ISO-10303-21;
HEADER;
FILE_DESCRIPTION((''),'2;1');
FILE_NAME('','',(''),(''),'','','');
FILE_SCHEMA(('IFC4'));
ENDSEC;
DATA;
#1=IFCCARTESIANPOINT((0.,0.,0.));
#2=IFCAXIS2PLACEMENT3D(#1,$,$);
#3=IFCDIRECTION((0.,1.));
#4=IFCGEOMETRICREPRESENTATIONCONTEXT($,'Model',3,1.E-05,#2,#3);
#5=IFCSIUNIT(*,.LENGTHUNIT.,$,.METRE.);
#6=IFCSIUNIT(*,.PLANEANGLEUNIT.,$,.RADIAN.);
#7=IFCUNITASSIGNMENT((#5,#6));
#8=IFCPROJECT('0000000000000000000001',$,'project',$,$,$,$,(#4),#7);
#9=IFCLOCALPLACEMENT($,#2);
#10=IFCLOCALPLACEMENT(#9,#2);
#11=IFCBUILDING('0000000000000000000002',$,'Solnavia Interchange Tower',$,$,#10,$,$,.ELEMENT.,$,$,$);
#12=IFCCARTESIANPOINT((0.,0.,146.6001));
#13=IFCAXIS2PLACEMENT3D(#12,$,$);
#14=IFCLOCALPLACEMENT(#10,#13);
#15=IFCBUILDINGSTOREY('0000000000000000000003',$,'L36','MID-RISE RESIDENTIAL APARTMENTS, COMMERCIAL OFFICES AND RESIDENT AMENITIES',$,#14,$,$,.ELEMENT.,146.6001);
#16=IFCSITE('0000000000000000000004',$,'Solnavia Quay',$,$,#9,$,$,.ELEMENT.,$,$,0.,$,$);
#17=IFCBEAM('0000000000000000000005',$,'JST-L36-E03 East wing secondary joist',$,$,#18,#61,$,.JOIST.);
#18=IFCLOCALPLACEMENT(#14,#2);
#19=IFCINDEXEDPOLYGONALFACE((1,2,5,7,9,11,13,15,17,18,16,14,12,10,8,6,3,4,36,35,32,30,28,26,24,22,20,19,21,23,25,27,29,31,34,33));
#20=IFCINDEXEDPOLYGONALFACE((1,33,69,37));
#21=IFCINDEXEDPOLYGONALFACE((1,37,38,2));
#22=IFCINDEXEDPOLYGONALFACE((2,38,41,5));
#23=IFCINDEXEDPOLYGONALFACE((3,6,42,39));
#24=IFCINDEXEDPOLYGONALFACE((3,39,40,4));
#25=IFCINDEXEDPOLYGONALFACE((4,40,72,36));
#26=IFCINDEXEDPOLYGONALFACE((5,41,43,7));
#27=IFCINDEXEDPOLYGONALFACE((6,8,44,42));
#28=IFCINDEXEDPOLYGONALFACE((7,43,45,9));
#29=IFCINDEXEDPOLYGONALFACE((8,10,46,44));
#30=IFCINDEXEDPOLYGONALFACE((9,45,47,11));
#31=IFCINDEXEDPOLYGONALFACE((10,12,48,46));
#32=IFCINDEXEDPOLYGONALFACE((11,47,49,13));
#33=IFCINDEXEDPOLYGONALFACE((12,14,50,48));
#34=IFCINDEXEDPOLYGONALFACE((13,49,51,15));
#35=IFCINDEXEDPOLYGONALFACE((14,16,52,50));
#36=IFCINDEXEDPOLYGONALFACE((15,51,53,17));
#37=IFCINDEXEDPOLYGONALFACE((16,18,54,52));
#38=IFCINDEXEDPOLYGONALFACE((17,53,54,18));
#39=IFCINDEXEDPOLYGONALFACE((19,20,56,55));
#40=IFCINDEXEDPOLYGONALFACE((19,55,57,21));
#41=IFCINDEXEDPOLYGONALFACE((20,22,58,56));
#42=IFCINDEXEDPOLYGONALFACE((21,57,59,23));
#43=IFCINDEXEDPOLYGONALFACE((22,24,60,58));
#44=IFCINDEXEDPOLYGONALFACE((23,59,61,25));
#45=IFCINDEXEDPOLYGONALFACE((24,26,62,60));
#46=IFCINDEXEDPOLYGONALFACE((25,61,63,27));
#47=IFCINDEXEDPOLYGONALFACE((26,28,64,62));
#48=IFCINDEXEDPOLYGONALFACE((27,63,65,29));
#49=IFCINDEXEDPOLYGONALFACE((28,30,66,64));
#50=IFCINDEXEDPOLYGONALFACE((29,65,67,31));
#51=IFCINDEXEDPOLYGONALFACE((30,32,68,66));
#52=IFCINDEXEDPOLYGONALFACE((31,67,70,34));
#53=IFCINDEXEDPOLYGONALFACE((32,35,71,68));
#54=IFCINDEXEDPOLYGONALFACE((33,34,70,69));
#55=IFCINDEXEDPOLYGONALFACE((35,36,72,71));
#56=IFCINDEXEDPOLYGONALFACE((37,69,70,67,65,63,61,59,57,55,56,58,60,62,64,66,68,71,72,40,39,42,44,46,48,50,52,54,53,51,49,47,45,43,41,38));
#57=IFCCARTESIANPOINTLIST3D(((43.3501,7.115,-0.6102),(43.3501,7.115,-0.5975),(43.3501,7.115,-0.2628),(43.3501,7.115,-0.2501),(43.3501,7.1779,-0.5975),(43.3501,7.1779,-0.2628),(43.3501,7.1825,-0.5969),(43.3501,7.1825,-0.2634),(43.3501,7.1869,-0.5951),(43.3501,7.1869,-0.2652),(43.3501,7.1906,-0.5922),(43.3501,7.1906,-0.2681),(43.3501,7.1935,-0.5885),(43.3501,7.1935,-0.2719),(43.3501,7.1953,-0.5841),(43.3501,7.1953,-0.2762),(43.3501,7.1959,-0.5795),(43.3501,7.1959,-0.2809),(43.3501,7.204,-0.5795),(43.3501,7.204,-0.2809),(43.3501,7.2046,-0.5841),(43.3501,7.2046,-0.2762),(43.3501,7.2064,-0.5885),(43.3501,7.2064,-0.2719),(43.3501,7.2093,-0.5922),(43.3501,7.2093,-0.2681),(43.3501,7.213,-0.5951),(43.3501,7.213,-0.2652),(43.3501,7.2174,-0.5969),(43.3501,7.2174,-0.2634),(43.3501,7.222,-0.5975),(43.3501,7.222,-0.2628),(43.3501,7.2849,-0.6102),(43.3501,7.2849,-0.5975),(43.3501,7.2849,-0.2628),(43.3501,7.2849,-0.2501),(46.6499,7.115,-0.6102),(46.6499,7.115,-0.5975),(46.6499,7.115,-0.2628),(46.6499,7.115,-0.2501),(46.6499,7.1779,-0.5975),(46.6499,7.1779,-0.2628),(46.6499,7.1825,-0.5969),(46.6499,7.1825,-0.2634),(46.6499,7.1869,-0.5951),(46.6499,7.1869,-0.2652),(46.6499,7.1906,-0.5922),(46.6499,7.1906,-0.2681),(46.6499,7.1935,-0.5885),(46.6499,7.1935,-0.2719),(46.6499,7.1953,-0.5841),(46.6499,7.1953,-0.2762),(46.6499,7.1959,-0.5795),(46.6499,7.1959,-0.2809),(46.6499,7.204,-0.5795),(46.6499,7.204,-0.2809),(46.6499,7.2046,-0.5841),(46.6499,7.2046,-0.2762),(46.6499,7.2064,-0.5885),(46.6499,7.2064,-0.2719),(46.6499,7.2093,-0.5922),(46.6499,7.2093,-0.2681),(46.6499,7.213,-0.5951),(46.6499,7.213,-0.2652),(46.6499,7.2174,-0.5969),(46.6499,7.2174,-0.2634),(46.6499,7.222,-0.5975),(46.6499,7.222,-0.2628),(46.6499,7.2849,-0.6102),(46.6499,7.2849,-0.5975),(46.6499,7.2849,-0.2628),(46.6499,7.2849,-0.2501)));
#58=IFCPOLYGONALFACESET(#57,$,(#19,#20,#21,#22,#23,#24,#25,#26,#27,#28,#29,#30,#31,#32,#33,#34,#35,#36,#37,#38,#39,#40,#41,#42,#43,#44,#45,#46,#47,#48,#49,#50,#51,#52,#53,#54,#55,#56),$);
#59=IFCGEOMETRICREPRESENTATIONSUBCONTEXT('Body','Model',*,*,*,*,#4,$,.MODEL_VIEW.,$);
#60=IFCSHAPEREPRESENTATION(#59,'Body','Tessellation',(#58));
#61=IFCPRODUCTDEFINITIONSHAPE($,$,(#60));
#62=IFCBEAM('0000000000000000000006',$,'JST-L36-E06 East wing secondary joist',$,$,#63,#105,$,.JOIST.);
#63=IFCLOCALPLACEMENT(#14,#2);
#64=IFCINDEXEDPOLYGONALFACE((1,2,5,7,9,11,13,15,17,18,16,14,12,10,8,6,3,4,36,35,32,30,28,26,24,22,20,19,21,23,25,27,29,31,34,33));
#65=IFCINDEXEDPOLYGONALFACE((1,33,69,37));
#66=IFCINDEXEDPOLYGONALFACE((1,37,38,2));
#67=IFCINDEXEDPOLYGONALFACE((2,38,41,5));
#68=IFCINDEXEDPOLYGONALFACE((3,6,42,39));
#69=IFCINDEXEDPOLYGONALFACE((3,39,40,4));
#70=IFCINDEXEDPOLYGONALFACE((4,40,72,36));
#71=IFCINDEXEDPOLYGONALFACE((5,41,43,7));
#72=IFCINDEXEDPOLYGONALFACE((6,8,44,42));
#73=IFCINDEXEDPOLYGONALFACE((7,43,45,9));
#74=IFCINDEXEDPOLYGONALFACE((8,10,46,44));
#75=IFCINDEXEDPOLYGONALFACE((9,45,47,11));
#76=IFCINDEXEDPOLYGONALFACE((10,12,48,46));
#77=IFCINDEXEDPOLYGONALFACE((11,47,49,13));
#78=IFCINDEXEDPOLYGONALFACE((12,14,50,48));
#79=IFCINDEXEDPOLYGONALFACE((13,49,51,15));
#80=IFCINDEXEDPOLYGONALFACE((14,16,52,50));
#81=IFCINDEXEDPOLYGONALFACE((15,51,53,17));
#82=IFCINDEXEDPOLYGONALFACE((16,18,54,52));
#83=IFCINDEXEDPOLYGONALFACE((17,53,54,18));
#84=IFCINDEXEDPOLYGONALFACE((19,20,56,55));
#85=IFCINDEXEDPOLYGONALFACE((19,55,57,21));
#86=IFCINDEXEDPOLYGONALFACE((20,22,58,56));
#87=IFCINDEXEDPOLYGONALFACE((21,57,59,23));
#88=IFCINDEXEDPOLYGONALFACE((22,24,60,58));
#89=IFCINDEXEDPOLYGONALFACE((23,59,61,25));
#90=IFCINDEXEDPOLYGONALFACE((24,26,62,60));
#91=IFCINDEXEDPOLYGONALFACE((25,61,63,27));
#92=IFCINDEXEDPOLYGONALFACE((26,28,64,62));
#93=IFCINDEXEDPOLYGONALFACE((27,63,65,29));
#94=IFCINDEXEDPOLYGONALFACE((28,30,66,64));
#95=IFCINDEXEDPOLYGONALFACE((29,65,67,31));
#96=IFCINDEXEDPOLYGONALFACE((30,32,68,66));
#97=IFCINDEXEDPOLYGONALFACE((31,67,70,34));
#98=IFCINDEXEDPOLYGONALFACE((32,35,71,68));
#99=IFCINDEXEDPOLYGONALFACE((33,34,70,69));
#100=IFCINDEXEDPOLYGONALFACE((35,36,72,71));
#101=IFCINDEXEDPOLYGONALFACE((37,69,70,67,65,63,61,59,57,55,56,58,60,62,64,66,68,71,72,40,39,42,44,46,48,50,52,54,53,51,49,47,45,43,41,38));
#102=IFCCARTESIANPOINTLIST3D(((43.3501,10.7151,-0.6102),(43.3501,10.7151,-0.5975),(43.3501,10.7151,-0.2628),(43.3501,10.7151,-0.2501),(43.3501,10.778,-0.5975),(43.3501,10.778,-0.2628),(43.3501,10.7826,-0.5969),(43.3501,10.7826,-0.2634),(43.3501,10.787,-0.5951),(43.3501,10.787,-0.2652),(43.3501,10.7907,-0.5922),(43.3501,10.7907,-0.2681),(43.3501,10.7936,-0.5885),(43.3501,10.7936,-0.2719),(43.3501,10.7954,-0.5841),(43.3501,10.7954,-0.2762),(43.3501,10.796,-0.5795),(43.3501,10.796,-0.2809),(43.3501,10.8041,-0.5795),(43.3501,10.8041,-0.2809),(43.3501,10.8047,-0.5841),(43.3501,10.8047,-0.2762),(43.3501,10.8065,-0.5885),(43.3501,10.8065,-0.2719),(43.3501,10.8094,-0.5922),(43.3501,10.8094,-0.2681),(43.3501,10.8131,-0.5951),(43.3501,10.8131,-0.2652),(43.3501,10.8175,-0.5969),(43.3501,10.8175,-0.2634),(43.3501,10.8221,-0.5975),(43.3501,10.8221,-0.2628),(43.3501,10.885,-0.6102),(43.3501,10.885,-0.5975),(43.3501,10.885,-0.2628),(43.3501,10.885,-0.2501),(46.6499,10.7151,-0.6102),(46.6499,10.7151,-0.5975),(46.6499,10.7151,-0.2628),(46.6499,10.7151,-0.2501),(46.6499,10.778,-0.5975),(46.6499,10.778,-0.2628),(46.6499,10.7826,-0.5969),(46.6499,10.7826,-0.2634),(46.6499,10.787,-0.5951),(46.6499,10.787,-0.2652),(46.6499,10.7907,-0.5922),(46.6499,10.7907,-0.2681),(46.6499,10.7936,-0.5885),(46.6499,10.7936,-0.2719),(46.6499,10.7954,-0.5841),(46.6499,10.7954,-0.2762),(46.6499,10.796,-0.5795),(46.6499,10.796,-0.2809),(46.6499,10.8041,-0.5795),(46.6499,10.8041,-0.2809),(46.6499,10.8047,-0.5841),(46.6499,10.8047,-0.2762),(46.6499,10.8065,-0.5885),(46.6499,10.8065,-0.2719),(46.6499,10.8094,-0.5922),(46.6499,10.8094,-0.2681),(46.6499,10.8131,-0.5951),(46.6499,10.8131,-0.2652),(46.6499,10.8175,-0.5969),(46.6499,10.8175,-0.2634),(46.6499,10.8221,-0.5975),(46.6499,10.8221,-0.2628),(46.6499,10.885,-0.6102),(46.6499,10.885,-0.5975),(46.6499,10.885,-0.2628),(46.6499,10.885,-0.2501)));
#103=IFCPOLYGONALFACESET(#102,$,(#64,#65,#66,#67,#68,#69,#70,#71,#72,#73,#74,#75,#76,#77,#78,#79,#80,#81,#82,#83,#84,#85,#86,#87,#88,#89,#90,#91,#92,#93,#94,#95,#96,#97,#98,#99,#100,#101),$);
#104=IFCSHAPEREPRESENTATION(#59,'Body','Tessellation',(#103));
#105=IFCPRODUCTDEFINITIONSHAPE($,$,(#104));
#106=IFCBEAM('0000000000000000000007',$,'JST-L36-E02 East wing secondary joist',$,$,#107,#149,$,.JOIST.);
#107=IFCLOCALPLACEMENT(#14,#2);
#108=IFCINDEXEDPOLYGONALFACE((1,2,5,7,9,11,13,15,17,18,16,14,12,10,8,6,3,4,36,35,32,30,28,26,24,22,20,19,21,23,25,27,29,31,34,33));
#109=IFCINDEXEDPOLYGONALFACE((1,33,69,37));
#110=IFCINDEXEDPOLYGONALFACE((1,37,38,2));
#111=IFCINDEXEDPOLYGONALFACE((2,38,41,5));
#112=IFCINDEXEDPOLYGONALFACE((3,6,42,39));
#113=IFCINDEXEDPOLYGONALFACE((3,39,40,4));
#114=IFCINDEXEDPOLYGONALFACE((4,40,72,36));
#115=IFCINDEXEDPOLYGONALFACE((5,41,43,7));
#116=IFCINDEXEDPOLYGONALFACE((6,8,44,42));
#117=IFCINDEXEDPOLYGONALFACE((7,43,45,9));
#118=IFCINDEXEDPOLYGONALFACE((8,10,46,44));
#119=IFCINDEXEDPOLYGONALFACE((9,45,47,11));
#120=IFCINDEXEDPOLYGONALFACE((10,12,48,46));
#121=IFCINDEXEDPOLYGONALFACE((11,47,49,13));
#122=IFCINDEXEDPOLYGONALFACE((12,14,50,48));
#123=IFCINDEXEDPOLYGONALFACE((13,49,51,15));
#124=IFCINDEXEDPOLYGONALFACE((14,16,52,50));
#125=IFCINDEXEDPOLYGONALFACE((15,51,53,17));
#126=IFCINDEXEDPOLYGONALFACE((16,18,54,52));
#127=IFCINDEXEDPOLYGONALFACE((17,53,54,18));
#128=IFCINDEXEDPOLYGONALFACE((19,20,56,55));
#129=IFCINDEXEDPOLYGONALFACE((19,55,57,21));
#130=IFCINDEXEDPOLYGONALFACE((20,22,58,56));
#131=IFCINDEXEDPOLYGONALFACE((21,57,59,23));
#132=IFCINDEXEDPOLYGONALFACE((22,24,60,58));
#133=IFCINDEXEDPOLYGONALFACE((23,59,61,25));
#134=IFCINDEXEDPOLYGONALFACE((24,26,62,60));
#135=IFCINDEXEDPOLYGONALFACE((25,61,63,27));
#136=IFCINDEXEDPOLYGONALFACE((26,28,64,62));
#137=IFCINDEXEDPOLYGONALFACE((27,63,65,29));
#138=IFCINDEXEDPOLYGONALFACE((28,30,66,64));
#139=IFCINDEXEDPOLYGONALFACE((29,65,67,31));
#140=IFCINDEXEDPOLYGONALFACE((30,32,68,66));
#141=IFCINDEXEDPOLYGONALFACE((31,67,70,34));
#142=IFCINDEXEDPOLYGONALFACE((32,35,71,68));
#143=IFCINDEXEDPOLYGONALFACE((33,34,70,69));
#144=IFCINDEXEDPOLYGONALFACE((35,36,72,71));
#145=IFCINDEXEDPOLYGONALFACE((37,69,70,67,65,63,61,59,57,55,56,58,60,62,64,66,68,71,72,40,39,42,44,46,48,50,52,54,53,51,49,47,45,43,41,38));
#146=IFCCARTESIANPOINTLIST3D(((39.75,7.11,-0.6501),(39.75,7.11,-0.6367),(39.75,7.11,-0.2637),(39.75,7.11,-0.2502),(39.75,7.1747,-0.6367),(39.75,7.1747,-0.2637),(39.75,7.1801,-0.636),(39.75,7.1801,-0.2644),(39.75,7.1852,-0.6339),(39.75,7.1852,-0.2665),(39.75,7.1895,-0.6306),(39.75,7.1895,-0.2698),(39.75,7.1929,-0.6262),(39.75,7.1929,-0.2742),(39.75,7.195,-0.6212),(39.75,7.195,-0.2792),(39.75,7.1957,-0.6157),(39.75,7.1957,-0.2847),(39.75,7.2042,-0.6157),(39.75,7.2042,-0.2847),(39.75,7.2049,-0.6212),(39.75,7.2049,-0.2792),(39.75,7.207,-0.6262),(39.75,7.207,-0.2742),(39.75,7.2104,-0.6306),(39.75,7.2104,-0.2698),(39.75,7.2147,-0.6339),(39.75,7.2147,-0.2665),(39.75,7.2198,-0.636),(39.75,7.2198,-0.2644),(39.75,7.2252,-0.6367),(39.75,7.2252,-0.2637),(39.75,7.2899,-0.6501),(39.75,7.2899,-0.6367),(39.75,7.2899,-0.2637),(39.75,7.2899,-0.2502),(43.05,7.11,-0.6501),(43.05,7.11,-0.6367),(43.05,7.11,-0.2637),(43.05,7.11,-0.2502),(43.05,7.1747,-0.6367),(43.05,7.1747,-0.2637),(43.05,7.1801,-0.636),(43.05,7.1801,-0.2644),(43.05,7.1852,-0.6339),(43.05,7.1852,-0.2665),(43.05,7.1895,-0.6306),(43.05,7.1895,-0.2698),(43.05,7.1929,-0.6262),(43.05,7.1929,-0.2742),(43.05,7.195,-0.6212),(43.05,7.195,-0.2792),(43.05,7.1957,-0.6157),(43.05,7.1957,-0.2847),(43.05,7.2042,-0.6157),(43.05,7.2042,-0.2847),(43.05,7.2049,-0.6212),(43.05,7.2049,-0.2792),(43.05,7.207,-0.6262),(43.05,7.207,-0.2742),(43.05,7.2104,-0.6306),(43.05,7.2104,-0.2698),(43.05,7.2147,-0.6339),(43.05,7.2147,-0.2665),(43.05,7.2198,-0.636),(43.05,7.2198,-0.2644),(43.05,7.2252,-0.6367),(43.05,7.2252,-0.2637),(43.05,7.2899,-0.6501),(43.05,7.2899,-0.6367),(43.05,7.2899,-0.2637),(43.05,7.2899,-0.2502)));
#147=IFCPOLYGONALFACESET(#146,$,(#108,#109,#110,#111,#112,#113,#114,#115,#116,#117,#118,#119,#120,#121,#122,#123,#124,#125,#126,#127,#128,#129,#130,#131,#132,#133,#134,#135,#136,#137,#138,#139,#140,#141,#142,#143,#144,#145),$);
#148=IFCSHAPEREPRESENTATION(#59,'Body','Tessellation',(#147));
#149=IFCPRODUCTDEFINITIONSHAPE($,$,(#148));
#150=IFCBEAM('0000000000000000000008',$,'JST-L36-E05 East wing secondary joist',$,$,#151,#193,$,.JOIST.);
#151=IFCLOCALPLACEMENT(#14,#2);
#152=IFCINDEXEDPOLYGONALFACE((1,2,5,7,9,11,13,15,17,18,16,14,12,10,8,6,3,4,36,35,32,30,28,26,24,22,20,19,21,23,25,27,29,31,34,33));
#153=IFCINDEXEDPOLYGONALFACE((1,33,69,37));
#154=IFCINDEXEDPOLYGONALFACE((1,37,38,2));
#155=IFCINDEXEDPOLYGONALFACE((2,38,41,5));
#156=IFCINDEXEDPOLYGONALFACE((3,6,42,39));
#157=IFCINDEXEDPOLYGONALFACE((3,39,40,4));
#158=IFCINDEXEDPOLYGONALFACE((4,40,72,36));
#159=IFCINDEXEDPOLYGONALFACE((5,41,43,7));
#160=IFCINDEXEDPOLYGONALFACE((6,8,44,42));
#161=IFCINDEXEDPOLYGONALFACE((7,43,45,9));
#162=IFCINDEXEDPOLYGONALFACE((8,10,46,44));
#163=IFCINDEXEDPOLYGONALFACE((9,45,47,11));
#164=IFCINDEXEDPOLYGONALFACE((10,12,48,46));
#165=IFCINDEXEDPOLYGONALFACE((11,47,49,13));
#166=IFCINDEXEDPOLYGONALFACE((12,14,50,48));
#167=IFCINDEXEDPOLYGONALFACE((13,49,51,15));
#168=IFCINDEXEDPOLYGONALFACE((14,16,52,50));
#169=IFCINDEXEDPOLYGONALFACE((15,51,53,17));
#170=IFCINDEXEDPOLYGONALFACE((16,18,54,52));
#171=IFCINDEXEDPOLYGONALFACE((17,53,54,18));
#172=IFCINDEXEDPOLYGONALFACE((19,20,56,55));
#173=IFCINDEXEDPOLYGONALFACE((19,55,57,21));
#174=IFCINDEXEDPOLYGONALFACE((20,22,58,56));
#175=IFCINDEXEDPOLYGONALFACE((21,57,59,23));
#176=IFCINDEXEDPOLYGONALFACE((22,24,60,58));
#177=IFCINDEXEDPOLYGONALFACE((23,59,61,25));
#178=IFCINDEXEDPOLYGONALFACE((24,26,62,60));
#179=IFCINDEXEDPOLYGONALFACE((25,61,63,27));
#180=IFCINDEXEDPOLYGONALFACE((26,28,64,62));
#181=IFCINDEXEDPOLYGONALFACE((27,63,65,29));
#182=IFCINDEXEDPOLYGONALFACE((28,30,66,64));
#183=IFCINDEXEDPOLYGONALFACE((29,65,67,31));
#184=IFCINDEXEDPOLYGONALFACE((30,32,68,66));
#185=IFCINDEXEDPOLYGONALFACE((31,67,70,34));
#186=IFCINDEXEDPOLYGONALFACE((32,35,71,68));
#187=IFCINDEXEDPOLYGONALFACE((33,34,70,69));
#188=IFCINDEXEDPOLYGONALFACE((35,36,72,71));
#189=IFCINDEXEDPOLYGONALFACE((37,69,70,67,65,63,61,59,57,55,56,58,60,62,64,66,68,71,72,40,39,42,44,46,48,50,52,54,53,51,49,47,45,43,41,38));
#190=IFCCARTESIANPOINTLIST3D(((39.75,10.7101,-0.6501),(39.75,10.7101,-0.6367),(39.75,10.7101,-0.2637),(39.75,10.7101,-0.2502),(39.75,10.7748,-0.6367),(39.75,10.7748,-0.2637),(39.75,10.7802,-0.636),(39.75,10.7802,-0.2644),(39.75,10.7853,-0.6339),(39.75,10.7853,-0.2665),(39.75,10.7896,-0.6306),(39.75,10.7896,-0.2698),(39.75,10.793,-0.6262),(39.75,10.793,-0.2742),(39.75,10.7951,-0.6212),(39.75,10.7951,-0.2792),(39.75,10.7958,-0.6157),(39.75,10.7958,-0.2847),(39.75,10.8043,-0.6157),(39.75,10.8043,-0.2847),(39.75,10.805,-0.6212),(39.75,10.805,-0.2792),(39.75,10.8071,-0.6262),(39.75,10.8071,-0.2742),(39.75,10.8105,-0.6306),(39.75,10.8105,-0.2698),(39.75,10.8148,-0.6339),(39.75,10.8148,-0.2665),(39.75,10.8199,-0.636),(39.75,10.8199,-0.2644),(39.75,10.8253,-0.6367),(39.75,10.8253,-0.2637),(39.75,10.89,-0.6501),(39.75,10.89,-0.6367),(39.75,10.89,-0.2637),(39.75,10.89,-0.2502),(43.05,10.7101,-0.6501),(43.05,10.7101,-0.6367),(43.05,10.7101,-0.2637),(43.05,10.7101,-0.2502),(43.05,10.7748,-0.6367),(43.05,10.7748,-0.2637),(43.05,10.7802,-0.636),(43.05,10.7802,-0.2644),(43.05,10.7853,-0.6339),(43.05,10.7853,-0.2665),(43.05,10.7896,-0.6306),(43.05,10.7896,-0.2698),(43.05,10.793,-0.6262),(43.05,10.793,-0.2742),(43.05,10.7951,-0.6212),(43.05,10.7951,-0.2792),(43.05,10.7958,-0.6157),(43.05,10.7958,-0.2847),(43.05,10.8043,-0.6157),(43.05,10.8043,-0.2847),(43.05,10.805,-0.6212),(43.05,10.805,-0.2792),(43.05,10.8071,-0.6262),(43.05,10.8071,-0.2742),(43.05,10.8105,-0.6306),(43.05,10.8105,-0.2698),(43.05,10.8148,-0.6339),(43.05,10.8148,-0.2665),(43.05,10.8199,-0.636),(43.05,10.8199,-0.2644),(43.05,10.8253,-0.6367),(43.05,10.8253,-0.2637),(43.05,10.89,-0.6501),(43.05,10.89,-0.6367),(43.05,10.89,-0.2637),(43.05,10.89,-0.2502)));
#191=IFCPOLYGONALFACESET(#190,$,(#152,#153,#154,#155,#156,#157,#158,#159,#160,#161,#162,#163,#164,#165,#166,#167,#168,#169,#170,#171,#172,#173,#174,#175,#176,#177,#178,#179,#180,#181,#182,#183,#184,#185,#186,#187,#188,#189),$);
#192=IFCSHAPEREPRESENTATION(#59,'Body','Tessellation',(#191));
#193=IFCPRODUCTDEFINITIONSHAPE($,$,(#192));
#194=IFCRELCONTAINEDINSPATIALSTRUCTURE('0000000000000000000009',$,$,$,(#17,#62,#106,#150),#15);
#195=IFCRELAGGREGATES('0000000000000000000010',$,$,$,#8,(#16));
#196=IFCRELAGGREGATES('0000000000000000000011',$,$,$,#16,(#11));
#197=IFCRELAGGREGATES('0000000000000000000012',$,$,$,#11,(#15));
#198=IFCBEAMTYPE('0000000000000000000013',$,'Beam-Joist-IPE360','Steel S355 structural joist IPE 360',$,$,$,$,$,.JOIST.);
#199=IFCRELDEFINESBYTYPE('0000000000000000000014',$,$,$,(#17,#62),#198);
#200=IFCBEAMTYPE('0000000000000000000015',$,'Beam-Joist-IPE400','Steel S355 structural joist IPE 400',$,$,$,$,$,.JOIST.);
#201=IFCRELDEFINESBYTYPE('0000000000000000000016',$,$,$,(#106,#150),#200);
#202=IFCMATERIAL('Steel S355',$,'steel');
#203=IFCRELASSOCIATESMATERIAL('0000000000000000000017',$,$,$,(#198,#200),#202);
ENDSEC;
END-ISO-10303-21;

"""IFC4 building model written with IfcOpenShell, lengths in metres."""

from ifc_helpers import new_model, si_unit, direction, frame, origin, origin_2d, place, context, subcontext, project, spatial, i_section, extrude, material, material_profile, profile_set, type_object, element, save


model = new_model("IFC4")

# Units and contexts
model_context = context("Model", 3, precision=1e-05, world=origin(), true_north=direction((0.0, 1.0)))
body_context = subcontext(model_context, "Body", "Model", "MODEL_VIEW")
ifc_project = project(units=[si_unit("LENGTHUNIT", "METRE"), si_unit("PLANEANGLEUNIT", "RADIAN")], contexts=[model_context])

# Site, building, storey
site_placement = place(None, origin())
site = spatial("IfcSite", under=ifc_project, at=site_placement, Name="Solnavia Quay", CompositionType="ELEMENT", RefElevation=0.0)
building_placement = place(site_placement, origin())
building = spatial("IfcBuilding", under=site, at=building_placement, Name="Solnavia Interchange Tower", CompositionType="ELEMENT")
storey_placement = place(building_placement, frame((0.0, 0.0, 146.6001)))
storey = spatial("IfcBuildingStorey", under=building, at=storey_placement, Name="L36", Description="MID-RISE RESIDENTIAL APARTMENTS, COMMERCIAL OFFICES AND RESIDENT AMENITIES", CompositionType="ELEMENT", Elevation=146.6001)

# Shared definitions
ifc_material_1 = material(Name="Steel S355", Category="steel")

# Beams
ifc_material_profile_1 = material_profile(ifc_material_1, i_section(OverallWidth=0.1699, OverallDepth=0.3601, WebThickness=0.0081, FlangeThickness=0.0127, FilletRadius=0.0181, at=origin_2d()), Name="IPE 360")
ifc_profile_set_1 = profile_set([ifc_material_profile_1], Name="Steel S355")
beam_type_1 = type_object("IfcBeamType", Name="Beam-Joist-IPE360", Description="Steel S355 structural joist IPE 360", PredefinedType="JOIST", material=ifc_profile_set_1)
for number, where, z_axis, x_axis, name in (
    (1, (43.3501, 7.2, -0.4302), (1.0, 0.0, 0.0), (0.0, 1.0, 0.0), "JST-L36-E03 East wing secondary joist"),
    (2, (43.3501, 10.8, -0.4302), (1.0, 0.0, 0.0), (0.0, 1.0, 0.0), "JST-L36-E06 East wing secondary joist"),
):
    element("IfcBeam", number, at=place(storey_placement, frame(where, z_axis=z_axis, x_axis=x_axis)), inside=storey, type_object=beam_type_1, Name=name, PredefinedType="JOIST", context=body_context, shape_type="SweptSolid", body=[
        extrude(i_section(OverallWidth=0.1699, OverallDepth=0.3601, WebThickness=0.0081, FlangeThickness=0.0127, FilletRadius=0.0181, at=origin_2d()), origin(), (0.0, 0.0, 1.0), 3.2998),
    ])
ifc_material_profile_2 = material_profile(ifc_material_1, i_section(OverallWidth=0.1799, OverallDepth=0.3999, WebThickness=0.0085, FlangeThickness=0.0134, FilletRadius=0.021, at=origin_2d()), Name="IPE 400")
ifc_profile_set_2 = profile_set([ifc_material_profile_2], Name="Steel S355")
beam_type_2 = type_object("IfcBeamType", Name="Beam-Joist-IPE400", Description="Steel S355 structural joist IPE 400", PredefinedType="JOIST", material=ifc_profile_set_2)
for number, where, z_axis, x_axis, name in (
    (3, (39.75, 7.2, -0.4502), (1.0, 0.0, 0.0), (0.0, 1.0, 0.0), "JST-L36-E02 East wing secondary joist"),
    (4, (39.75, 10.8, -0.4502), (1.0, 0.0, 0.0), (0.0, 1.0, 0.0), "JST-L36-E05 East wing secondary joist"),
):
    element("IfcBeam", number, at=place(storey_placement, frame(where, z_axis=z_axis, x_axis=x_axis)), inside=storey, type_object=beam_type_2, Name=name, PredefinedType="JOIST", context=body_context, shape_type="SweptSolid", body=[
        extrude(i_section(OverallWidth=0.1799, OverallDepth=0.3999, WebThickness=0.0085, FlangeThickness=0.0134, FilletRadius=0.021, at=origin_2d()), origin(), (0.0, 0.0, 1.0), 3.3),
    ])

save(model, "model.ifc")
